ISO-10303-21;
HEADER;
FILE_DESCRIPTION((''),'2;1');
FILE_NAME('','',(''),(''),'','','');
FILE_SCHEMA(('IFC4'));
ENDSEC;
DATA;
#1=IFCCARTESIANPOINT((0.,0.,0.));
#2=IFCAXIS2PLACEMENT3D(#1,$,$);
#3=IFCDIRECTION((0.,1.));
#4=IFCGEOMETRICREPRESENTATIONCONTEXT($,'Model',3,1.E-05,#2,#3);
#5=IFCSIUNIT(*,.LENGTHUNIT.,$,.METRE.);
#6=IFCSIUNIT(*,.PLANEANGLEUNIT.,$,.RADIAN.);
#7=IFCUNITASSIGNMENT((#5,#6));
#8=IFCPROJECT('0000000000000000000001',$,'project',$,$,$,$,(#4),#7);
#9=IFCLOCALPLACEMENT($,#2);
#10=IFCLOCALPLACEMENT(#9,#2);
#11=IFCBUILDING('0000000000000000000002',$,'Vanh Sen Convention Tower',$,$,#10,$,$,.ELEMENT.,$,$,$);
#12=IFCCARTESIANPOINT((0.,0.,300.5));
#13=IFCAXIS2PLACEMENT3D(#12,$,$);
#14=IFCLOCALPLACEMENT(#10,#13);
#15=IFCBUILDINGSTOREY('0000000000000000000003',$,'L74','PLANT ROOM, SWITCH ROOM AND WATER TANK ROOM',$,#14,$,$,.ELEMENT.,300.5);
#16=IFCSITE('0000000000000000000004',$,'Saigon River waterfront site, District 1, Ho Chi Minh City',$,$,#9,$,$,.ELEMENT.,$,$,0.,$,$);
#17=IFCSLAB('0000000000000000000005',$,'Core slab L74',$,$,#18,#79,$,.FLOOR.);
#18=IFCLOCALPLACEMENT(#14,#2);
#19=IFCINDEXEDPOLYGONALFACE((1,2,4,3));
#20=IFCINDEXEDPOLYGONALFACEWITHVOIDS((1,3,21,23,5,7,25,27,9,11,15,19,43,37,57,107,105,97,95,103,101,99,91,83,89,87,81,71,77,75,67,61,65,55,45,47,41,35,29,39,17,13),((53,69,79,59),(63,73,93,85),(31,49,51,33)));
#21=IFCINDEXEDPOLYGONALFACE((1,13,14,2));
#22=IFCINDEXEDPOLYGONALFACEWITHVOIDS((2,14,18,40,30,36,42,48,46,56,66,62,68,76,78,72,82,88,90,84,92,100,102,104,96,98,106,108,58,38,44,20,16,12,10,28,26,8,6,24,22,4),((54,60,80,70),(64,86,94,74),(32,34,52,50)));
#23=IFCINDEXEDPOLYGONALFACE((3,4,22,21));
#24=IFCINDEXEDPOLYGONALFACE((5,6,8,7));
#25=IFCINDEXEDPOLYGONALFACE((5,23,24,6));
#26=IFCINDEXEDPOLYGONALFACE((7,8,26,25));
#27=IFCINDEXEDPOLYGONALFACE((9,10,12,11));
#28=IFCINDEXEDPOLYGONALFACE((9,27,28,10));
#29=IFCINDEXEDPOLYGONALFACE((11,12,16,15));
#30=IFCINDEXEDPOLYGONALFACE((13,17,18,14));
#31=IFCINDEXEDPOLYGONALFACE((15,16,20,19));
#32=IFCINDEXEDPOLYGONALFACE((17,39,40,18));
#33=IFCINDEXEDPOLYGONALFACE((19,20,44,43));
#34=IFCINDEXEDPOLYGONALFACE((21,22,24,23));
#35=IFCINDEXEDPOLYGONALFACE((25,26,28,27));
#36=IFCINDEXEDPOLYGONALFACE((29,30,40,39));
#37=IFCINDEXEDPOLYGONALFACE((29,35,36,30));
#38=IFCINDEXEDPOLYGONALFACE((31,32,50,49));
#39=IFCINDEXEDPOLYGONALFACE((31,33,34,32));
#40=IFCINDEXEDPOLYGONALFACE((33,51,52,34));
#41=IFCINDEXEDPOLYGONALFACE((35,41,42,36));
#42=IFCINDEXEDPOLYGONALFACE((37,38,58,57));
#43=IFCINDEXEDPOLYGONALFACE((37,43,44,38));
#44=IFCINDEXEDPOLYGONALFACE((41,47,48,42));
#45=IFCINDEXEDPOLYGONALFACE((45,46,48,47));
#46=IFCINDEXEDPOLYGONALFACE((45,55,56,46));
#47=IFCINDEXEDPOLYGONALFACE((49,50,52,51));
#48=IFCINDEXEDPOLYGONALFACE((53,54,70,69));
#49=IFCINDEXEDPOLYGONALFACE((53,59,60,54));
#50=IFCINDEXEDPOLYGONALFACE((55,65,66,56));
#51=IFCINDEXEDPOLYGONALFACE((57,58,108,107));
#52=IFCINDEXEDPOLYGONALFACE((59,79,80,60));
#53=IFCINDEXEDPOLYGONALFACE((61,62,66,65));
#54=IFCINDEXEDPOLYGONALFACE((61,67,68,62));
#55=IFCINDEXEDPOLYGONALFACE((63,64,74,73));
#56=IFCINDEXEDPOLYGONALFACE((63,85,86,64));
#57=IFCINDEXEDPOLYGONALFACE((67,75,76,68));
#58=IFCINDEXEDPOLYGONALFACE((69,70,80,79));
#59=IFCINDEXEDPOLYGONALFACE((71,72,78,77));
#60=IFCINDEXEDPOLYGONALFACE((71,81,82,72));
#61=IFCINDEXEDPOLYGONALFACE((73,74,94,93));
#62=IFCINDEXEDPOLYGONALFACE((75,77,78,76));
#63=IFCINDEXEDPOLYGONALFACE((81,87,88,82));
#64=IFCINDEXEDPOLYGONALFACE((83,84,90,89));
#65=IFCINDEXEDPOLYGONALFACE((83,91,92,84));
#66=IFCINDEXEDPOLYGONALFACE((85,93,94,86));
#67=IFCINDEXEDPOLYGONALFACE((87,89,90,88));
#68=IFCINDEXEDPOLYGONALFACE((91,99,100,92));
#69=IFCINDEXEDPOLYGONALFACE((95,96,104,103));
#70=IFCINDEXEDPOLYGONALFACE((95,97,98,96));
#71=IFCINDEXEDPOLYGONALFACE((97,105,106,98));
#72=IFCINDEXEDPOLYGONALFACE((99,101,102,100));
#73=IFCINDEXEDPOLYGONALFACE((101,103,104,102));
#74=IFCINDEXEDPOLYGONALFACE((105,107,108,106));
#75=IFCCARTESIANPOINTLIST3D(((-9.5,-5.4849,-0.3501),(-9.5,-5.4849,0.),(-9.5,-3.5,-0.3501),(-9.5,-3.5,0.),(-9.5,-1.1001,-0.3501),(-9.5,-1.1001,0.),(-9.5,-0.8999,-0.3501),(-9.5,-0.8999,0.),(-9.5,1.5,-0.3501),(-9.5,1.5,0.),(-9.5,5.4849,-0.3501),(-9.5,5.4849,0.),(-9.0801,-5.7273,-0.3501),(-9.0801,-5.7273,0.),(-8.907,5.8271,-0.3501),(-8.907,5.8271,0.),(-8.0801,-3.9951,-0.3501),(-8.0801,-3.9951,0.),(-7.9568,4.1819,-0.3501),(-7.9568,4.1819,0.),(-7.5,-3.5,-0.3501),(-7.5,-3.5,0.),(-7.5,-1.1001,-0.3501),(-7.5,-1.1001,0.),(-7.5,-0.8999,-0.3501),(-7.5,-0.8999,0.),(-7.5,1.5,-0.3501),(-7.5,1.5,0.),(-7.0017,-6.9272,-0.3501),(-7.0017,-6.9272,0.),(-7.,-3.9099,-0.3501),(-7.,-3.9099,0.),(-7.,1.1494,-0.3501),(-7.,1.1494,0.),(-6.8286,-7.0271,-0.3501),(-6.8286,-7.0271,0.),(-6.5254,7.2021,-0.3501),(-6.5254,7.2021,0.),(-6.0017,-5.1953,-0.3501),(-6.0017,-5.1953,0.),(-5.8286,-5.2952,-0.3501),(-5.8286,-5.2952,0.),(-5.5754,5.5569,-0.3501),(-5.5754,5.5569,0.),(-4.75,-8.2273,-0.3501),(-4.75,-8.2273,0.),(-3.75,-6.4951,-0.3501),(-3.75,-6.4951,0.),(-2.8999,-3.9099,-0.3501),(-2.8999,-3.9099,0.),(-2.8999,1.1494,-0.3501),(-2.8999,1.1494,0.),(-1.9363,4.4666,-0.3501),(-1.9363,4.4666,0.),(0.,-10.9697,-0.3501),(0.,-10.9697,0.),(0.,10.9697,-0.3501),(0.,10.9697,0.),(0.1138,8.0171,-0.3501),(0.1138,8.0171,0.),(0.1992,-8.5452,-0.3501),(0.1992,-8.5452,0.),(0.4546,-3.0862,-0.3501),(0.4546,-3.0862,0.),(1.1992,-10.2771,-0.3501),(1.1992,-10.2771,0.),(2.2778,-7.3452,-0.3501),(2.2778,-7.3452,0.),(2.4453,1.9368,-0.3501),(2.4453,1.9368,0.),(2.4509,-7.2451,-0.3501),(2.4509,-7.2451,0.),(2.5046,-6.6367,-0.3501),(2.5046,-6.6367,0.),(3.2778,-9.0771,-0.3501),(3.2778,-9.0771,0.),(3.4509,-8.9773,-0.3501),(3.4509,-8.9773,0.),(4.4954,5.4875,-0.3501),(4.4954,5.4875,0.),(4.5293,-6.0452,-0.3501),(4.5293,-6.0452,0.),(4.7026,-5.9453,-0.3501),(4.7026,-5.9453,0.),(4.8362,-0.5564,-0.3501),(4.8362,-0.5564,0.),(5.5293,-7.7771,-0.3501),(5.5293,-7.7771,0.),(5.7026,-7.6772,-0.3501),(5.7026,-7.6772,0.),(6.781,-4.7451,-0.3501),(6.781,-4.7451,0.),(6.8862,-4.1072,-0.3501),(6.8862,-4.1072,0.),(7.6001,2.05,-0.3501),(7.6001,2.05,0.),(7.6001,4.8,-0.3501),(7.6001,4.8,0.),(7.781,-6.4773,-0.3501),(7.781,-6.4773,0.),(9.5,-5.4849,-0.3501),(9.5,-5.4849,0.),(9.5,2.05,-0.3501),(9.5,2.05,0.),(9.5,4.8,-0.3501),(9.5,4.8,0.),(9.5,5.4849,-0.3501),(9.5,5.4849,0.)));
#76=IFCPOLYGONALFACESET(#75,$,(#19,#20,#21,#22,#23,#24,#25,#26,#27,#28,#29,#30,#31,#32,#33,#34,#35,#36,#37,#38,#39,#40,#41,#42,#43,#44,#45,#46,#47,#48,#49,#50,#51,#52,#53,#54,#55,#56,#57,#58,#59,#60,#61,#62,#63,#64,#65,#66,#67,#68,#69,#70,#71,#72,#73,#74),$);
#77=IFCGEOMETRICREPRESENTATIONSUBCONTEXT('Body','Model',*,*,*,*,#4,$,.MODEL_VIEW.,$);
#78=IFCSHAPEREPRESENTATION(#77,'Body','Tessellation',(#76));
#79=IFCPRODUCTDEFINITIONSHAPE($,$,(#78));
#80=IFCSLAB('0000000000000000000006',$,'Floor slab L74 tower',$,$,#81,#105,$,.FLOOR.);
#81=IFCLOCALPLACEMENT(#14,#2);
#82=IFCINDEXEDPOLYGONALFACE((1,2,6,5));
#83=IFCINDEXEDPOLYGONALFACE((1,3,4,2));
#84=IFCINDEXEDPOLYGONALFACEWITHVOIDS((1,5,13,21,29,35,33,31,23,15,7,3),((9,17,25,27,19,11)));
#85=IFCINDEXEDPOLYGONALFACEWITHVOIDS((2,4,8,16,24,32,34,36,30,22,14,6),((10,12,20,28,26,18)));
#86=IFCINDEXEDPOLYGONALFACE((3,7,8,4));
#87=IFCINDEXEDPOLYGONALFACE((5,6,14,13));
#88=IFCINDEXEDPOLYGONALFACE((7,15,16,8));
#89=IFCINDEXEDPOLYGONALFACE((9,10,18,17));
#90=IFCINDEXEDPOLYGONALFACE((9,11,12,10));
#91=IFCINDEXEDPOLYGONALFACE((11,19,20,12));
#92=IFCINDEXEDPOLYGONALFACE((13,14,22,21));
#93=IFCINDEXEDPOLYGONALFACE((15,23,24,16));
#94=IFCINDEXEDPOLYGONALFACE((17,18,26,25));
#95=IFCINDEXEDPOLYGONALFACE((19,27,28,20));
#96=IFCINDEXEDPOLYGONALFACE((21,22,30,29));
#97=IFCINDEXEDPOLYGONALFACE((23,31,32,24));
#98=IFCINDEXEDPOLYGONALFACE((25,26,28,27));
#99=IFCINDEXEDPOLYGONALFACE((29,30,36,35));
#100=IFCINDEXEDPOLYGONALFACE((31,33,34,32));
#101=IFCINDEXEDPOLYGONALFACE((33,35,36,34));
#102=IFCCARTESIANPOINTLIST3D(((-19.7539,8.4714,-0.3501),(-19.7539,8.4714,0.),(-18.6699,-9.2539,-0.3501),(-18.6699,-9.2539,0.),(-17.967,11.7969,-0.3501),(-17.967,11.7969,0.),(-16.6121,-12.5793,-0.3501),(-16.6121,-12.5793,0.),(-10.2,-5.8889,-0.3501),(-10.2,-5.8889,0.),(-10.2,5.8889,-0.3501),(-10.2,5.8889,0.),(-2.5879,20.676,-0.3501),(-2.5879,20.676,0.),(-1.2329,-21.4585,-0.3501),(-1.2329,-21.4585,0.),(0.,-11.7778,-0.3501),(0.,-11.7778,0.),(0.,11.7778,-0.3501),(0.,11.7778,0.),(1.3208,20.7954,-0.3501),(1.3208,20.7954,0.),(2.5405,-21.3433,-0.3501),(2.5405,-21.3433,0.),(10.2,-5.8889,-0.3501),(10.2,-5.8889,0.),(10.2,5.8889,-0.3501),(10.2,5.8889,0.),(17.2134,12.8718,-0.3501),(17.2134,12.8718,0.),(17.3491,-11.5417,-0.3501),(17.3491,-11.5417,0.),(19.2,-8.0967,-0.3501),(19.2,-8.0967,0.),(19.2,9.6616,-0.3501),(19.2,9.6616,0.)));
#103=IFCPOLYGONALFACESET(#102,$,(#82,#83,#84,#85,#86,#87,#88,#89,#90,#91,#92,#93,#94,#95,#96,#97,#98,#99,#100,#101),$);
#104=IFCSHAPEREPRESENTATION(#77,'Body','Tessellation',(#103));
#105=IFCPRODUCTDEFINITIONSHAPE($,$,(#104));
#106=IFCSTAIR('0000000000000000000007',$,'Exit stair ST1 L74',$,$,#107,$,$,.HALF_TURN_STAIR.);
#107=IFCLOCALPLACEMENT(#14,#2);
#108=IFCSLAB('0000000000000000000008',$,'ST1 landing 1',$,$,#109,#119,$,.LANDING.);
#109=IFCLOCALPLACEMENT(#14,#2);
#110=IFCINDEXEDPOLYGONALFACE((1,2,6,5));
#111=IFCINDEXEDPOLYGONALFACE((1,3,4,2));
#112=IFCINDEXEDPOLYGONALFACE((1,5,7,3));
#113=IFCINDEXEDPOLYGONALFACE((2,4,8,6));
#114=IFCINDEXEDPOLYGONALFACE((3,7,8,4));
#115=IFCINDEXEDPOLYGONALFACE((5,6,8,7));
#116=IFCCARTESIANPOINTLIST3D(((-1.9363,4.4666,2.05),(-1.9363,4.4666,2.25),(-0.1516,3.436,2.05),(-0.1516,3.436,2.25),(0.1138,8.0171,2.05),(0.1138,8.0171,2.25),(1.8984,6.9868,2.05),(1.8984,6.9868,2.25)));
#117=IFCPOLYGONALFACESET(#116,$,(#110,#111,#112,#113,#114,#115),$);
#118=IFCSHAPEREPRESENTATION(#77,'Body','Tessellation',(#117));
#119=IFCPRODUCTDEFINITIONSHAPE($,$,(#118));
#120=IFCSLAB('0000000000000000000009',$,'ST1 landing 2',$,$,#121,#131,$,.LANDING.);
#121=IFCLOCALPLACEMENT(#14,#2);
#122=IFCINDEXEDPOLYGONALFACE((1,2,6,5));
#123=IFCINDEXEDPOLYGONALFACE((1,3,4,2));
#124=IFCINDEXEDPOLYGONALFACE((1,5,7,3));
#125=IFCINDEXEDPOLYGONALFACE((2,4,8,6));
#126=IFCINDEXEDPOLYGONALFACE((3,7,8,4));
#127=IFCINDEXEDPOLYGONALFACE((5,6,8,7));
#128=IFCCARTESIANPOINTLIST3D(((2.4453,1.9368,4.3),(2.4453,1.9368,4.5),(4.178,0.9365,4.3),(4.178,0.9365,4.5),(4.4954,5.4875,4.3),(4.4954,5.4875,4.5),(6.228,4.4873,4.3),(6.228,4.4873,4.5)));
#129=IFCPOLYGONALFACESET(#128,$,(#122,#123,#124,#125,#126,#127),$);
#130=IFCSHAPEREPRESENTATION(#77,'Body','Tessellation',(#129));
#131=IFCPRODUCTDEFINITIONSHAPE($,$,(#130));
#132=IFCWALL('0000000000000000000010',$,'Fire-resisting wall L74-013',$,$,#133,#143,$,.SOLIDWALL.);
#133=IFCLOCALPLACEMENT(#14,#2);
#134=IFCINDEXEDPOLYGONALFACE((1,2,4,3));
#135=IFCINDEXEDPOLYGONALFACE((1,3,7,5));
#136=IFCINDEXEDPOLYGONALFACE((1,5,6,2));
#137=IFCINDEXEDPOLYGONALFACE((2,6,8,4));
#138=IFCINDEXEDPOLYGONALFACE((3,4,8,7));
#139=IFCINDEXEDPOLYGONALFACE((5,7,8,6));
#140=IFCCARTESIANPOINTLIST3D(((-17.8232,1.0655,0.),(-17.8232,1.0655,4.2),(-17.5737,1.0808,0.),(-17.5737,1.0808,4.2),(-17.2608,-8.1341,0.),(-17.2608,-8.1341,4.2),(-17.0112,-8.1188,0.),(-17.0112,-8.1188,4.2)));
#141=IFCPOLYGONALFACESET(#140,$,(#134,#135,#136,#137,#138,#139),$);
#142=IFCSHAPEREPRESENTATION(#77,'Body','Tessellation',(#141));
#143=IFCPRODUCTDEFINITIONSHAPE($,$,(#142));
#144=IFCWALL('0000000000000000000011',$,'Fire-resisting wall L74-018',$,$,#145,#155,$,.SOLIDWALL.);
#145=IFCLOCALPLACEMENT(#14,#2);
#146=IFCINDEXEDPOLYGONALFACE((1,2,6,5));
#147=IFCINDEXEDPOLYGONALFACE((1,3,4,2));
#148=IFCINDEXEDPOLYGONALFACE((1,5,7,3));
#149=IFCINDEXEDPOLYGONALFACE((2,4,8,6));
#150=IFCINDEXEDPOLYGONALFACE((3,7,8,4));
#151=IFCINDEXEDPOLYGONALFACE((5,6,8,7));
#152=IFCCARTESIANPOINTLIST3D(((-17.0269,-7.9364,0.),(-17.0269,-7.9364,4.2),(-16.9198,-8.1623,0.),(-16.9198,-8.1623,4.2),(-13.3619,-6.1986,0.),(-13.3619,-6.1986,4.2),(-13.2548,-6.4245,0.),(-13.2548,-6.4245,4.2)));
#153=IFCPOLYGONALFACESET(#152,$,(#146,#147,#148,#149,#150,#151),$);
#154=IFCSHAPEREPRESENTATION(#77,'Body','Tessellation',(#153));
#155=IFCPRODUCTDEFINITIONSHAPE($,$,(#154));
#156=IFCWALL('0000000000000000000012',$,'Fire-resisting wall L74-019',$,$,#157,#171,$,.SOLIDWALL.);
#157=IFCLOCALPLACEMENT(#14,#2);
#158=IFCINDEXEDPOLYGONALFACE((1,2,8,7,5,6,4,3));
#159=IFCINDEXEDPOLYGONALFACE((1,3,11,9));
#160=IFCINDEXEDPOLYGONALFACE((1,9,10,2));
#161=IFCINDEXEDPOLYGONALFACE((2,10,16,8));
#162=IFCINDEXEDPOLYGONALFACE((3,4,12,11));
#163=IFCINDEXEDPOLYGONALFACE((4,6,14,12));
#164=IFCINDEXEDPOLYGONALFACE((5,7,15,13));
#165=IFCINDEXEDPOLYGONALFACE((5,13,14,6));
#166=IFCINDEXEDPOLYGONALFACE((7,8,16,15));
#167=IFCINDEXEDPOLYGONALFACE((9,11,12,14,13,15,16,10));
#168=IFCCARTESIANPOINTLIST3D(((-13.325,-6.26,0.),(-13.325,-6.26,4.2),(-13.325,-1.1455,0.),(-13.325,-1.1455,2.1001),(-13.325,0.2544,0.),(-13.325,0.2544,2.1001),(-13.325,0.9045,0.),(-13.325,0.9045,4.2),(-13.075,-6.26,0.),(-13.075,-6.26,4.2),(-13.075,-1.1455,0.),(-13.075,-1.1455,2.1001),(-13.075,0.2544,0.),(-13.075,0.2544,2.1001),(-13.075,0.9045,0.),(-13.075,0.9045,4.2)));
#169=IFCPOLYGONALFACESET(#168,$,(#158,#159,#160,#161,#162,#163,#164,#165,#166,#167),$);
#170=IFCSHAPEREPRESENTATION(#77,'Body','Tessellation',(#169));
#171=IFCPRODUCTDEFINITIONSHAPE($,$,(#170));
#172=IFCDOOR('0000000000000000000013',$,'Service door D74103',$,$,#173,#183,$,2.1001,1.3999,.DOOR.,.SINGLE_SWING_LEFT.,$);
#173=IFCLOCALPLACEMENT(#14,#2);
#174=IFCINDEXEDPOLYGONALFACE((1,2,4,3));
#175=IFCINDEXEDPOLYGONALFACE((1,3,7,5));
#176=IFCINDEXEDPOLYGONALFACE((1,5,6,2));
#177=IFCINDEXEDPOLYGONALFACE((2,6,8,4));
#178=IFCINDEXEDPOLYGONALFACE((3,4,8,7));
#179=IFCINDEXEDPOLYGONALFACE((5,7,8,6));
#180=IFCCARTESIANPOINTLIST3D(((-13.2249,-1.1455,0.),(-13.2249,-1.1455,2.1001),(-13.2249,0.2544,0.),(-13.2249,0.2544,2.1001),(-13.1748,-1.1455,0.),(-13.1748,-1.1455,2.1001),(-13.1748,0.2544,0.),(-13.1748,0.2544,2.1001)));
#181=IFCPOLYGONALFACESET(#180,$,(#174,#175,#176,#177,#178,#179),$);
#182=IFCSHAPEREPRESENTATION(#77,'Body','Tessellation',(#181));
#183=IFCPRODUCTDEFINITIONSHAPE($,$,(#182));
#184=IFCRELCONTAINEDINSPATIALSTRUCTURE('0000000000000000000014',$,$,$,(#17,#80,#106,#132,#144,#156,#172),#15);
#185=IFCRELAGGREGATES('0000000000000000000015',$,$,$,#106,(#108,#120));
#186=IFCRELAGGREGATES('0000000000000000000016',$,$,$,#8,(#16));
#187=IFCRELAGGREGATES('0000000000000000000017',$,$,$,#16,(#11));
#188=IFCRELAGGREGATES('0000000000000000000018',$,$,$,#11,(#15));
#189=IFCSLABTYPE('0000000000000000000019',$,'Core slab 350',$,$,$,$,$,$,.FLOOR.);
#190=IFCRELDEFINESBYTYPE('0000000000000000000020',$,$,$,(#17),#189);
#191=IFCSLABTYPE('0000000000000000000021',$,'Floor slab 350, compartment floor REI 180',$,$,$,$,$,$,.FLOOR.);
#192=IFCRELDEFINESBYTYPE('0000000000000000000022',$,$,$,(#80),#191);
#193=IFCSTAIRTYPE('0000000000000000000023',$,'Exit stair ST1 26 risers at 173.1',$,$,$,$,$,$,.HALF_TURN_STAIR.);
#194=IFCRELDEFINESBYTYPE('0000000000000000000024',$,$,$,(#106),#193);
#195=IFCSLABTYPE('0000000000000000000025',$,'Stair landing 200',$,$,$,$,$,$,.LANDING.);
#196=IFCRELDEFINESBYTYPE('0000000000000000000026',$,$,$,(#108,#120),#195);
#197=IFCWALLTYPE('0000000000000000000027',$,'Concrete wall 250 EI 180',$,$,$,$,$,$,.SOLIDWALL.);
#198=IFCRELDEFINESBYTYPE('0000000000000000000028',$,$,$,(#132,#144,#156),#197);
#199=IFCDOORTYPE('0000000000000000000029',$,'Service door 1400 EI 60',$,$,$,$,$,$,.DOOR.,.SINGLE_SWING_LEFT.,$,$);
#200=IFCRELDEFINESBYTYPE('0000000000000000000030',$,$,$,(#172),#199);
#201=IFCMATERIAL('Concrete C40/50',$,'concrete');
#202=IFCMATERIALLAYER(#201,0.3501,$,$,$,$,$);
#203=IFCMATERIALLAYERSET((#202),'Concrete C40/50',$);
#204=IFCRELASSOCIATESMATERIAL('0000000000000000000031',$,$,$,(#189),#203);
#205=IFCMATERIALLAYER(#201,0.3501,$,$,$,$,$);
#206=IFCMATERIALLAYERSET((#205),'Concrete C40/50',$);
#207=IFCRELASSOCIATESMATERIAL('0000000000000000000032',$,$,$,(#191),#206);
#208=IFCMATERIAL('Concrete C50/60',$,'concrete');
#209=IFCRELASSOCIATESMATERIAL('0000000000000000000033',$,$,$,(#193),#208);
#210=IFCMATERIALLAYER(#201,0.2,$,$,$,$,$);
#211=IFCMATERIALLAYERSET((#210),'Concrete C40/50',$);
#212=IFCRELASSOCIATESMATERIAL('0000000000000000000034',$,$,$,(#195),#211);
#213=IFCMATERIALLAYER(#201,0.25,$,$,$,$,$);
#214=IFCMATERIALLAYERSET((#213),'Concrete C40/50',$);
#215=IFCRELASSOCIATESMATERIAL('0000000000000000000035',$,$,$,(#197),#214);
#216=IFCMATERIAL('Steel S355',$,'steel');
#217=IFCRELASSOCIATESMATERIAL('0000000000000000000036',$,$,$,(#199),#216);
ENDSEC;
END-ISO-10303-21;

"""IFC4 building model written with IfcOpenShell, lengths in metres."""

from ifc_helpers import new_model, si_unit, direction, frame, frame_2d, origin, place, context, subcontext, project, spatial, polyline, rectangle, outline, extrude, material, layer, layer_set, type_object, element, fill, aggregate, save


model = new_model("IFC4")

# Units and contexts
model_context = context("Model", 3, precision=1e-05, world=origin(), true_north=direction((0.0, 1.0)))
body_context = subcontext(model_context, "Body", "Model", "MODEL_VIEW")
ifc_project = project(units=[si_unit("LENGTHUNIT", "METRE"), si_unit("PLANEANGLEUNIT", "RADIAN")], contexts=[model_context])

# Site, building, storey
site_placement = place(None, origin())
site = spatial("IfcSite", under=ifc_project, at=site_placement, Name="Saigon River waterfront site, District 1, Ho Chi Minh City", CompositionType="ELEMENT", RefElevation=0.0)
building_placement = place(site_placement, origin())
building = spatial("IfcBuilding", under=site, at=building_placement, Name="Vanh Sen Convention Tower", CompositionType="ELEMENT")
storey_placement = place(building_placement, frame((0.0, 0.0, 300.5)))
storey = spatial("IfcBuildingStorey", under=building, at=storey_placement, Name="L74", Description="PLANT ROOM, SWITCH ROOM AND WATER TANK ROOM", CompositionType="ELEMENT", Elevation=300.5)

# Slabs
ifc_material_1 = material(Name="Concrete C40/50", Category="concrete")
ifc_layer_1 = layer(ifc_material_1, 0.3501)
ifc_layer_set_1 = layer_set([ifc_layer_1], Name="Concrete C40/50")
slab_type_1 = type_object("IfcSlabType", Name="Core slab 350", PredefinedType="FLOOR", material=ifc_layer_set_1)
slab_1_placement = place(storey_placement, frame((0.0, 0.0, -0.3501)))
element("IfcSlab", 1, at=slab_1_placement, inside=storey, type_object=slab_type_1, Name="Core slab L74", PredefinedType="FLOOR", context=body_context, shape_type="SweptSolid", body=[
    extrude(outline(polyline([(0.0, 10.9697), (9.5, 5.4849), (9.5, 4.8), (7.6001, 4.8), (7.6001, 2.05), (9.5, 2.05), (9.5, -5.4849), (7.781, -6.4773), (6.781, -4.7451), (4.7026, -5.9453), (5.7026, -7.6772), (5.5293, -7.7771), (4.5293, -6.0452), (2.4509, -7.2451), (3.4509, -8.9773), (3.2778, -9.0771), (2.2778, -7.3452), (0.1992, -8.5452), (1.1992, -10.2771), (0.0, -10.9697), (-4.75, -8.2273), (-3.75, -6.4951), (-5.8286, -5.2952), (-6.8286, -7.0271), (-7.0017, -6.9272), (-6.0017, -5.1953), (-8.0801, -3.9951), (-9.0801, -5.7273), (-9.5, -5.4849), (-9.5, -3.5), (-7.5, -3.5), (-7.5, -1.1001), (-9.5, -1.1001), (-9.5, -0.8999), (-7.5, -0.8999), (-7.5, 1.5), (-9.5, 1.5), (-9.5, 5.4849), (-8.907, 5.8271), (-7.9568, 4.1819), (-5.5754, 5.5569), (-6.5254, 7.2021), (0.0, 10.9697)]), holes=[polyline([(-7.0, 1.1494), (-7.0, -3.9099), (-2.8999, -3.9099), (-2.8999, 1.1494), (-7.0, 1.1494)]), polyline([(2.5046, -6.6367), (6.8862, -4.1072), (4.8362, -0.5564), (0.4546, -3.0862), (2.5046, -6.6367)]), polyline([(0.1138, 8.0171), (-1.9363, 4.4666), (2.4453, 1.9368), (4.4954, 5.4875), (0.1138, 8.0171)])]), origin(), (0.0, 0.0, 1.0), 0.3501),
])
ifc_layer_2 = layer(ifc_material_1, 0.3501)
ifc_layer_set_2 = layer_set([ifc_layer_2], Name="Concrete C40/50")
slab_type_2 = type_object("IfcSlabType", Name="Floor slab 350, compartment floor REI 180", PredefinedType="FLOOR", material=ifc_layer_set_2)
slab_2_placement = place(storey_placement, frame((0.0, 0.0, -0.3501)))
element("IfcSlab", 2, at=slab_2_placement, inside=storey, type_object=slab_type_2, Name="Floor slab L74 tower", PredefinedType="FLOOR", context=body_context, shape_type="SweptSolid", body=[
    extrude(outline(polyline([(19.2, -8.0967), (19.2, 9.6616), (17.2134, 12.8718), (1.3208, 20.7954), (-2.5879, 20.676), (-17.967, 11.7969), (-19.7539, 8.4714), (-18.6699, -9.2539), (-16.6121, -12.5793), (-1.2329, -21.4585), (2.5405, -21.3433), (17.3491, -11.5417), (19.2, -8.0967)]), holes=[polyline([(0.0, 11.7778), (-10.2, 5.8889), (-10.2, -5.8889), (0.0, -11.7778), (10.2, -5.8889), (10.2, 5.8889), (0.0, 11.7778)])]), origin(), (0.0, 0.0, 1.0), 0.3501),
])

# Stair, slabs
ifc_material_2 = material(Name="Concrete C50/60", Category="concrete")
stair_type = type_object("IfcStairType", Name="Exit stair ST1 26 risers at 173.1", PredefinedType="HALF_TURN_STAIR", material=ifc_material_2)
stair_placement = place(storey_placement, origin())
stair = element("IfcStair", 3, at=stair_placement, inside=storey, type_object=stair_type, Name="Exit stair ST1 L74", PredefinedType="HALF_TURN_STAIR")
ifc_layer_3 = layer(ifc_material_1, 0.2)
ifc_layer_set_3 = layer_set([ifc_layer_3], Name="Concrete C40/50")
slab_type_3 = type_object("IfcSlabType", Name="Stair landing 200", PredefinedType="LANDING", material=ifc_layer_set_3)
slab_3_placement = place(storey_placement, frame((0.0, 0.0, 2.05)))
slab_3 = element("IfcSlab", 4, at=slab_3_placement, type_object=slab_type_3, Name="ST1 landing 1", PredefinedType="LANDING", context=body_context, shape_type="SweptSolid", body=[
    extrude(outline(polyline([(1.8984, 6.9868), (0.1138, 8.0171), (-1.9363, 4.4666), (-0.1516, 3.436), (1.8984, 6.9868)])), origin(), (0.0, 0.0, 1.0), 0.2),
])
slab_4_placement = place(storey_placement, frame((0.0, 0.0, 4.3)))
slab_4 = element("IfcSlab", 5, at=slab_4_placement, type_object=slab_type_3, Name="ST1 landing 2", PredefinedType="LANDING", context=body_context, shape_type="SweptSolid", body=[
    extrude(outline(polyline([(6.228, 4.4873), (4.4954, 5.4875), (2.4453, 1.9368), (4.178, 0.9365), (6.228, 4.4873)])), origin(), (0.0, 0.0, 1.0), 0.2),
])
aggregate(stair, [slab_3, slab_4])

# Walls
ifc_layer_4 = layer(ifc_material_1, 0.25)
ifc_layer_set_4 = layer_set([ifc_layer_4], Name="Concrete C40/50")
wall_type_1 = type_object("IfcWallType", Name="Concrete wall 250 EI 180", PredefinedType="SOLIDWALL", material=ifc_layer_set_4)
wall_1_placement = place(storey_placement, frame((-17.136, -8.1265, 0.0), z_axis=(0.0, 0.0, 1.0), x_axis=(-0.061029, 0.998136, 0.0)))
element("IfcWall", 6, at=wall_1_placement, inside=storey, type_object=wall_type_1, Name="Fire-resisting wall L74-013", PredefinedType="SOLIDWALL", context=body_context, shape_type="SweptSolid", body=[
    extrude(rectangle(XDim=9.2168, YDim=0.25, at=frame_2d((4.6084, 0.0))), origin(), (0.0, 0.0, 1.0), 4.2),
])
wall_2_placement = place(storey_placement, frame((-13.3083, -6.3115, 0.0), z_axis=(0.0, 0.0, 1.0), x_axis=(-0.903574, -0.428433, 0.0)))
element("IfcWall", 7, at=wall_2_placement, inside=storey, type_object=wall_type_1, Name="Fire-resisting wall L74-018", PredefinedType="SOLIDWALL", context=body_context, shape_type="SweptSolid", body=[
    extrude(rectangle(XDim=4.0562, YDim=0.25, at=frame_2d((2.0281, 0.0))), origin(), (0.0, 0.0, 1.0), 4.2),
])

# Wall, opening, door
wall_3_placement = place(storey_placement, frame((-13.2, -6.26, 0.0), z_axis=(0.0, 0.0, 1.0), x_axis=(0.0, 1.0, 0.0)))
wall_3 = element("IfcWall", 8, at=wall_3_placement, inside=storey, type_object=wall_type_1, Name="Fire-resisting wall L74-019", PredefinedType="SOLIDWALL", context=body_context, shape_type="SweptSolid", body=[
    extrude(rectangle(XDim=7.1646, YDim=0.25, at=frame_2d((3.5823, 0.0))), origin(), (0.0, 0.0, 1.0), 4.2),
])
opening_1_placement = place(wall_3_placement, frame((5.1145, 0.0, 0.0)))
opening_1 = element("IfcOpeningElement", 9, at=opening_1_placement, cuts=wall_3, PredefinedType="OPENING", context=body_context, shape_type="SweptSolid", body=[
    extrude(rectangle(XDim=1.3999, YDim=2.1001, at=frame_2d((0.7, 1.05))), frame((0.0, 0.135, 0.0), z_axis=(0.0, -1.0, 0.0), x_axis=(1.0, 0.0, 0.0)), (0.0, 0.0, 1.0), 0.27),
])
ifc_material_3 = material(Name="Steel S355", Category="steel")
door_type_1 = type_object("IfcDoorType", Name="Service door 1400 EI 60", OperationType="SINGLE_SWING_LEFT", PredefinedType="DOOR", material=ifc_material_3)
door_1_placement = place(opening_1_placement, origin())
door_1 = element("IfcDoor", 10, at=door_1_placement, inside=storey, type_object=door_type_1, Name="Service door D74103", OperationType="SINGLE_SWING_LEFT", OverallHeight=2.1001, OverallWidth=1.3999, PredefinedType="DOOR", context=body_context, shape_type="SweptSolid", body=[
    extrude(rectangle(XDim=1.3999, YDim=2.1001, at=frame_2d((0.7, 1.05))), frame((0.0, 0.0249, 0.0), z_axis=(0.0, -1.0, 0.0), x_axis=(1.0, 0.0, 0.0)), (0.0, 0.0, 1.0), 0.05),
])
fill(opening_1, door_1)

save(model, "model.ifc")
